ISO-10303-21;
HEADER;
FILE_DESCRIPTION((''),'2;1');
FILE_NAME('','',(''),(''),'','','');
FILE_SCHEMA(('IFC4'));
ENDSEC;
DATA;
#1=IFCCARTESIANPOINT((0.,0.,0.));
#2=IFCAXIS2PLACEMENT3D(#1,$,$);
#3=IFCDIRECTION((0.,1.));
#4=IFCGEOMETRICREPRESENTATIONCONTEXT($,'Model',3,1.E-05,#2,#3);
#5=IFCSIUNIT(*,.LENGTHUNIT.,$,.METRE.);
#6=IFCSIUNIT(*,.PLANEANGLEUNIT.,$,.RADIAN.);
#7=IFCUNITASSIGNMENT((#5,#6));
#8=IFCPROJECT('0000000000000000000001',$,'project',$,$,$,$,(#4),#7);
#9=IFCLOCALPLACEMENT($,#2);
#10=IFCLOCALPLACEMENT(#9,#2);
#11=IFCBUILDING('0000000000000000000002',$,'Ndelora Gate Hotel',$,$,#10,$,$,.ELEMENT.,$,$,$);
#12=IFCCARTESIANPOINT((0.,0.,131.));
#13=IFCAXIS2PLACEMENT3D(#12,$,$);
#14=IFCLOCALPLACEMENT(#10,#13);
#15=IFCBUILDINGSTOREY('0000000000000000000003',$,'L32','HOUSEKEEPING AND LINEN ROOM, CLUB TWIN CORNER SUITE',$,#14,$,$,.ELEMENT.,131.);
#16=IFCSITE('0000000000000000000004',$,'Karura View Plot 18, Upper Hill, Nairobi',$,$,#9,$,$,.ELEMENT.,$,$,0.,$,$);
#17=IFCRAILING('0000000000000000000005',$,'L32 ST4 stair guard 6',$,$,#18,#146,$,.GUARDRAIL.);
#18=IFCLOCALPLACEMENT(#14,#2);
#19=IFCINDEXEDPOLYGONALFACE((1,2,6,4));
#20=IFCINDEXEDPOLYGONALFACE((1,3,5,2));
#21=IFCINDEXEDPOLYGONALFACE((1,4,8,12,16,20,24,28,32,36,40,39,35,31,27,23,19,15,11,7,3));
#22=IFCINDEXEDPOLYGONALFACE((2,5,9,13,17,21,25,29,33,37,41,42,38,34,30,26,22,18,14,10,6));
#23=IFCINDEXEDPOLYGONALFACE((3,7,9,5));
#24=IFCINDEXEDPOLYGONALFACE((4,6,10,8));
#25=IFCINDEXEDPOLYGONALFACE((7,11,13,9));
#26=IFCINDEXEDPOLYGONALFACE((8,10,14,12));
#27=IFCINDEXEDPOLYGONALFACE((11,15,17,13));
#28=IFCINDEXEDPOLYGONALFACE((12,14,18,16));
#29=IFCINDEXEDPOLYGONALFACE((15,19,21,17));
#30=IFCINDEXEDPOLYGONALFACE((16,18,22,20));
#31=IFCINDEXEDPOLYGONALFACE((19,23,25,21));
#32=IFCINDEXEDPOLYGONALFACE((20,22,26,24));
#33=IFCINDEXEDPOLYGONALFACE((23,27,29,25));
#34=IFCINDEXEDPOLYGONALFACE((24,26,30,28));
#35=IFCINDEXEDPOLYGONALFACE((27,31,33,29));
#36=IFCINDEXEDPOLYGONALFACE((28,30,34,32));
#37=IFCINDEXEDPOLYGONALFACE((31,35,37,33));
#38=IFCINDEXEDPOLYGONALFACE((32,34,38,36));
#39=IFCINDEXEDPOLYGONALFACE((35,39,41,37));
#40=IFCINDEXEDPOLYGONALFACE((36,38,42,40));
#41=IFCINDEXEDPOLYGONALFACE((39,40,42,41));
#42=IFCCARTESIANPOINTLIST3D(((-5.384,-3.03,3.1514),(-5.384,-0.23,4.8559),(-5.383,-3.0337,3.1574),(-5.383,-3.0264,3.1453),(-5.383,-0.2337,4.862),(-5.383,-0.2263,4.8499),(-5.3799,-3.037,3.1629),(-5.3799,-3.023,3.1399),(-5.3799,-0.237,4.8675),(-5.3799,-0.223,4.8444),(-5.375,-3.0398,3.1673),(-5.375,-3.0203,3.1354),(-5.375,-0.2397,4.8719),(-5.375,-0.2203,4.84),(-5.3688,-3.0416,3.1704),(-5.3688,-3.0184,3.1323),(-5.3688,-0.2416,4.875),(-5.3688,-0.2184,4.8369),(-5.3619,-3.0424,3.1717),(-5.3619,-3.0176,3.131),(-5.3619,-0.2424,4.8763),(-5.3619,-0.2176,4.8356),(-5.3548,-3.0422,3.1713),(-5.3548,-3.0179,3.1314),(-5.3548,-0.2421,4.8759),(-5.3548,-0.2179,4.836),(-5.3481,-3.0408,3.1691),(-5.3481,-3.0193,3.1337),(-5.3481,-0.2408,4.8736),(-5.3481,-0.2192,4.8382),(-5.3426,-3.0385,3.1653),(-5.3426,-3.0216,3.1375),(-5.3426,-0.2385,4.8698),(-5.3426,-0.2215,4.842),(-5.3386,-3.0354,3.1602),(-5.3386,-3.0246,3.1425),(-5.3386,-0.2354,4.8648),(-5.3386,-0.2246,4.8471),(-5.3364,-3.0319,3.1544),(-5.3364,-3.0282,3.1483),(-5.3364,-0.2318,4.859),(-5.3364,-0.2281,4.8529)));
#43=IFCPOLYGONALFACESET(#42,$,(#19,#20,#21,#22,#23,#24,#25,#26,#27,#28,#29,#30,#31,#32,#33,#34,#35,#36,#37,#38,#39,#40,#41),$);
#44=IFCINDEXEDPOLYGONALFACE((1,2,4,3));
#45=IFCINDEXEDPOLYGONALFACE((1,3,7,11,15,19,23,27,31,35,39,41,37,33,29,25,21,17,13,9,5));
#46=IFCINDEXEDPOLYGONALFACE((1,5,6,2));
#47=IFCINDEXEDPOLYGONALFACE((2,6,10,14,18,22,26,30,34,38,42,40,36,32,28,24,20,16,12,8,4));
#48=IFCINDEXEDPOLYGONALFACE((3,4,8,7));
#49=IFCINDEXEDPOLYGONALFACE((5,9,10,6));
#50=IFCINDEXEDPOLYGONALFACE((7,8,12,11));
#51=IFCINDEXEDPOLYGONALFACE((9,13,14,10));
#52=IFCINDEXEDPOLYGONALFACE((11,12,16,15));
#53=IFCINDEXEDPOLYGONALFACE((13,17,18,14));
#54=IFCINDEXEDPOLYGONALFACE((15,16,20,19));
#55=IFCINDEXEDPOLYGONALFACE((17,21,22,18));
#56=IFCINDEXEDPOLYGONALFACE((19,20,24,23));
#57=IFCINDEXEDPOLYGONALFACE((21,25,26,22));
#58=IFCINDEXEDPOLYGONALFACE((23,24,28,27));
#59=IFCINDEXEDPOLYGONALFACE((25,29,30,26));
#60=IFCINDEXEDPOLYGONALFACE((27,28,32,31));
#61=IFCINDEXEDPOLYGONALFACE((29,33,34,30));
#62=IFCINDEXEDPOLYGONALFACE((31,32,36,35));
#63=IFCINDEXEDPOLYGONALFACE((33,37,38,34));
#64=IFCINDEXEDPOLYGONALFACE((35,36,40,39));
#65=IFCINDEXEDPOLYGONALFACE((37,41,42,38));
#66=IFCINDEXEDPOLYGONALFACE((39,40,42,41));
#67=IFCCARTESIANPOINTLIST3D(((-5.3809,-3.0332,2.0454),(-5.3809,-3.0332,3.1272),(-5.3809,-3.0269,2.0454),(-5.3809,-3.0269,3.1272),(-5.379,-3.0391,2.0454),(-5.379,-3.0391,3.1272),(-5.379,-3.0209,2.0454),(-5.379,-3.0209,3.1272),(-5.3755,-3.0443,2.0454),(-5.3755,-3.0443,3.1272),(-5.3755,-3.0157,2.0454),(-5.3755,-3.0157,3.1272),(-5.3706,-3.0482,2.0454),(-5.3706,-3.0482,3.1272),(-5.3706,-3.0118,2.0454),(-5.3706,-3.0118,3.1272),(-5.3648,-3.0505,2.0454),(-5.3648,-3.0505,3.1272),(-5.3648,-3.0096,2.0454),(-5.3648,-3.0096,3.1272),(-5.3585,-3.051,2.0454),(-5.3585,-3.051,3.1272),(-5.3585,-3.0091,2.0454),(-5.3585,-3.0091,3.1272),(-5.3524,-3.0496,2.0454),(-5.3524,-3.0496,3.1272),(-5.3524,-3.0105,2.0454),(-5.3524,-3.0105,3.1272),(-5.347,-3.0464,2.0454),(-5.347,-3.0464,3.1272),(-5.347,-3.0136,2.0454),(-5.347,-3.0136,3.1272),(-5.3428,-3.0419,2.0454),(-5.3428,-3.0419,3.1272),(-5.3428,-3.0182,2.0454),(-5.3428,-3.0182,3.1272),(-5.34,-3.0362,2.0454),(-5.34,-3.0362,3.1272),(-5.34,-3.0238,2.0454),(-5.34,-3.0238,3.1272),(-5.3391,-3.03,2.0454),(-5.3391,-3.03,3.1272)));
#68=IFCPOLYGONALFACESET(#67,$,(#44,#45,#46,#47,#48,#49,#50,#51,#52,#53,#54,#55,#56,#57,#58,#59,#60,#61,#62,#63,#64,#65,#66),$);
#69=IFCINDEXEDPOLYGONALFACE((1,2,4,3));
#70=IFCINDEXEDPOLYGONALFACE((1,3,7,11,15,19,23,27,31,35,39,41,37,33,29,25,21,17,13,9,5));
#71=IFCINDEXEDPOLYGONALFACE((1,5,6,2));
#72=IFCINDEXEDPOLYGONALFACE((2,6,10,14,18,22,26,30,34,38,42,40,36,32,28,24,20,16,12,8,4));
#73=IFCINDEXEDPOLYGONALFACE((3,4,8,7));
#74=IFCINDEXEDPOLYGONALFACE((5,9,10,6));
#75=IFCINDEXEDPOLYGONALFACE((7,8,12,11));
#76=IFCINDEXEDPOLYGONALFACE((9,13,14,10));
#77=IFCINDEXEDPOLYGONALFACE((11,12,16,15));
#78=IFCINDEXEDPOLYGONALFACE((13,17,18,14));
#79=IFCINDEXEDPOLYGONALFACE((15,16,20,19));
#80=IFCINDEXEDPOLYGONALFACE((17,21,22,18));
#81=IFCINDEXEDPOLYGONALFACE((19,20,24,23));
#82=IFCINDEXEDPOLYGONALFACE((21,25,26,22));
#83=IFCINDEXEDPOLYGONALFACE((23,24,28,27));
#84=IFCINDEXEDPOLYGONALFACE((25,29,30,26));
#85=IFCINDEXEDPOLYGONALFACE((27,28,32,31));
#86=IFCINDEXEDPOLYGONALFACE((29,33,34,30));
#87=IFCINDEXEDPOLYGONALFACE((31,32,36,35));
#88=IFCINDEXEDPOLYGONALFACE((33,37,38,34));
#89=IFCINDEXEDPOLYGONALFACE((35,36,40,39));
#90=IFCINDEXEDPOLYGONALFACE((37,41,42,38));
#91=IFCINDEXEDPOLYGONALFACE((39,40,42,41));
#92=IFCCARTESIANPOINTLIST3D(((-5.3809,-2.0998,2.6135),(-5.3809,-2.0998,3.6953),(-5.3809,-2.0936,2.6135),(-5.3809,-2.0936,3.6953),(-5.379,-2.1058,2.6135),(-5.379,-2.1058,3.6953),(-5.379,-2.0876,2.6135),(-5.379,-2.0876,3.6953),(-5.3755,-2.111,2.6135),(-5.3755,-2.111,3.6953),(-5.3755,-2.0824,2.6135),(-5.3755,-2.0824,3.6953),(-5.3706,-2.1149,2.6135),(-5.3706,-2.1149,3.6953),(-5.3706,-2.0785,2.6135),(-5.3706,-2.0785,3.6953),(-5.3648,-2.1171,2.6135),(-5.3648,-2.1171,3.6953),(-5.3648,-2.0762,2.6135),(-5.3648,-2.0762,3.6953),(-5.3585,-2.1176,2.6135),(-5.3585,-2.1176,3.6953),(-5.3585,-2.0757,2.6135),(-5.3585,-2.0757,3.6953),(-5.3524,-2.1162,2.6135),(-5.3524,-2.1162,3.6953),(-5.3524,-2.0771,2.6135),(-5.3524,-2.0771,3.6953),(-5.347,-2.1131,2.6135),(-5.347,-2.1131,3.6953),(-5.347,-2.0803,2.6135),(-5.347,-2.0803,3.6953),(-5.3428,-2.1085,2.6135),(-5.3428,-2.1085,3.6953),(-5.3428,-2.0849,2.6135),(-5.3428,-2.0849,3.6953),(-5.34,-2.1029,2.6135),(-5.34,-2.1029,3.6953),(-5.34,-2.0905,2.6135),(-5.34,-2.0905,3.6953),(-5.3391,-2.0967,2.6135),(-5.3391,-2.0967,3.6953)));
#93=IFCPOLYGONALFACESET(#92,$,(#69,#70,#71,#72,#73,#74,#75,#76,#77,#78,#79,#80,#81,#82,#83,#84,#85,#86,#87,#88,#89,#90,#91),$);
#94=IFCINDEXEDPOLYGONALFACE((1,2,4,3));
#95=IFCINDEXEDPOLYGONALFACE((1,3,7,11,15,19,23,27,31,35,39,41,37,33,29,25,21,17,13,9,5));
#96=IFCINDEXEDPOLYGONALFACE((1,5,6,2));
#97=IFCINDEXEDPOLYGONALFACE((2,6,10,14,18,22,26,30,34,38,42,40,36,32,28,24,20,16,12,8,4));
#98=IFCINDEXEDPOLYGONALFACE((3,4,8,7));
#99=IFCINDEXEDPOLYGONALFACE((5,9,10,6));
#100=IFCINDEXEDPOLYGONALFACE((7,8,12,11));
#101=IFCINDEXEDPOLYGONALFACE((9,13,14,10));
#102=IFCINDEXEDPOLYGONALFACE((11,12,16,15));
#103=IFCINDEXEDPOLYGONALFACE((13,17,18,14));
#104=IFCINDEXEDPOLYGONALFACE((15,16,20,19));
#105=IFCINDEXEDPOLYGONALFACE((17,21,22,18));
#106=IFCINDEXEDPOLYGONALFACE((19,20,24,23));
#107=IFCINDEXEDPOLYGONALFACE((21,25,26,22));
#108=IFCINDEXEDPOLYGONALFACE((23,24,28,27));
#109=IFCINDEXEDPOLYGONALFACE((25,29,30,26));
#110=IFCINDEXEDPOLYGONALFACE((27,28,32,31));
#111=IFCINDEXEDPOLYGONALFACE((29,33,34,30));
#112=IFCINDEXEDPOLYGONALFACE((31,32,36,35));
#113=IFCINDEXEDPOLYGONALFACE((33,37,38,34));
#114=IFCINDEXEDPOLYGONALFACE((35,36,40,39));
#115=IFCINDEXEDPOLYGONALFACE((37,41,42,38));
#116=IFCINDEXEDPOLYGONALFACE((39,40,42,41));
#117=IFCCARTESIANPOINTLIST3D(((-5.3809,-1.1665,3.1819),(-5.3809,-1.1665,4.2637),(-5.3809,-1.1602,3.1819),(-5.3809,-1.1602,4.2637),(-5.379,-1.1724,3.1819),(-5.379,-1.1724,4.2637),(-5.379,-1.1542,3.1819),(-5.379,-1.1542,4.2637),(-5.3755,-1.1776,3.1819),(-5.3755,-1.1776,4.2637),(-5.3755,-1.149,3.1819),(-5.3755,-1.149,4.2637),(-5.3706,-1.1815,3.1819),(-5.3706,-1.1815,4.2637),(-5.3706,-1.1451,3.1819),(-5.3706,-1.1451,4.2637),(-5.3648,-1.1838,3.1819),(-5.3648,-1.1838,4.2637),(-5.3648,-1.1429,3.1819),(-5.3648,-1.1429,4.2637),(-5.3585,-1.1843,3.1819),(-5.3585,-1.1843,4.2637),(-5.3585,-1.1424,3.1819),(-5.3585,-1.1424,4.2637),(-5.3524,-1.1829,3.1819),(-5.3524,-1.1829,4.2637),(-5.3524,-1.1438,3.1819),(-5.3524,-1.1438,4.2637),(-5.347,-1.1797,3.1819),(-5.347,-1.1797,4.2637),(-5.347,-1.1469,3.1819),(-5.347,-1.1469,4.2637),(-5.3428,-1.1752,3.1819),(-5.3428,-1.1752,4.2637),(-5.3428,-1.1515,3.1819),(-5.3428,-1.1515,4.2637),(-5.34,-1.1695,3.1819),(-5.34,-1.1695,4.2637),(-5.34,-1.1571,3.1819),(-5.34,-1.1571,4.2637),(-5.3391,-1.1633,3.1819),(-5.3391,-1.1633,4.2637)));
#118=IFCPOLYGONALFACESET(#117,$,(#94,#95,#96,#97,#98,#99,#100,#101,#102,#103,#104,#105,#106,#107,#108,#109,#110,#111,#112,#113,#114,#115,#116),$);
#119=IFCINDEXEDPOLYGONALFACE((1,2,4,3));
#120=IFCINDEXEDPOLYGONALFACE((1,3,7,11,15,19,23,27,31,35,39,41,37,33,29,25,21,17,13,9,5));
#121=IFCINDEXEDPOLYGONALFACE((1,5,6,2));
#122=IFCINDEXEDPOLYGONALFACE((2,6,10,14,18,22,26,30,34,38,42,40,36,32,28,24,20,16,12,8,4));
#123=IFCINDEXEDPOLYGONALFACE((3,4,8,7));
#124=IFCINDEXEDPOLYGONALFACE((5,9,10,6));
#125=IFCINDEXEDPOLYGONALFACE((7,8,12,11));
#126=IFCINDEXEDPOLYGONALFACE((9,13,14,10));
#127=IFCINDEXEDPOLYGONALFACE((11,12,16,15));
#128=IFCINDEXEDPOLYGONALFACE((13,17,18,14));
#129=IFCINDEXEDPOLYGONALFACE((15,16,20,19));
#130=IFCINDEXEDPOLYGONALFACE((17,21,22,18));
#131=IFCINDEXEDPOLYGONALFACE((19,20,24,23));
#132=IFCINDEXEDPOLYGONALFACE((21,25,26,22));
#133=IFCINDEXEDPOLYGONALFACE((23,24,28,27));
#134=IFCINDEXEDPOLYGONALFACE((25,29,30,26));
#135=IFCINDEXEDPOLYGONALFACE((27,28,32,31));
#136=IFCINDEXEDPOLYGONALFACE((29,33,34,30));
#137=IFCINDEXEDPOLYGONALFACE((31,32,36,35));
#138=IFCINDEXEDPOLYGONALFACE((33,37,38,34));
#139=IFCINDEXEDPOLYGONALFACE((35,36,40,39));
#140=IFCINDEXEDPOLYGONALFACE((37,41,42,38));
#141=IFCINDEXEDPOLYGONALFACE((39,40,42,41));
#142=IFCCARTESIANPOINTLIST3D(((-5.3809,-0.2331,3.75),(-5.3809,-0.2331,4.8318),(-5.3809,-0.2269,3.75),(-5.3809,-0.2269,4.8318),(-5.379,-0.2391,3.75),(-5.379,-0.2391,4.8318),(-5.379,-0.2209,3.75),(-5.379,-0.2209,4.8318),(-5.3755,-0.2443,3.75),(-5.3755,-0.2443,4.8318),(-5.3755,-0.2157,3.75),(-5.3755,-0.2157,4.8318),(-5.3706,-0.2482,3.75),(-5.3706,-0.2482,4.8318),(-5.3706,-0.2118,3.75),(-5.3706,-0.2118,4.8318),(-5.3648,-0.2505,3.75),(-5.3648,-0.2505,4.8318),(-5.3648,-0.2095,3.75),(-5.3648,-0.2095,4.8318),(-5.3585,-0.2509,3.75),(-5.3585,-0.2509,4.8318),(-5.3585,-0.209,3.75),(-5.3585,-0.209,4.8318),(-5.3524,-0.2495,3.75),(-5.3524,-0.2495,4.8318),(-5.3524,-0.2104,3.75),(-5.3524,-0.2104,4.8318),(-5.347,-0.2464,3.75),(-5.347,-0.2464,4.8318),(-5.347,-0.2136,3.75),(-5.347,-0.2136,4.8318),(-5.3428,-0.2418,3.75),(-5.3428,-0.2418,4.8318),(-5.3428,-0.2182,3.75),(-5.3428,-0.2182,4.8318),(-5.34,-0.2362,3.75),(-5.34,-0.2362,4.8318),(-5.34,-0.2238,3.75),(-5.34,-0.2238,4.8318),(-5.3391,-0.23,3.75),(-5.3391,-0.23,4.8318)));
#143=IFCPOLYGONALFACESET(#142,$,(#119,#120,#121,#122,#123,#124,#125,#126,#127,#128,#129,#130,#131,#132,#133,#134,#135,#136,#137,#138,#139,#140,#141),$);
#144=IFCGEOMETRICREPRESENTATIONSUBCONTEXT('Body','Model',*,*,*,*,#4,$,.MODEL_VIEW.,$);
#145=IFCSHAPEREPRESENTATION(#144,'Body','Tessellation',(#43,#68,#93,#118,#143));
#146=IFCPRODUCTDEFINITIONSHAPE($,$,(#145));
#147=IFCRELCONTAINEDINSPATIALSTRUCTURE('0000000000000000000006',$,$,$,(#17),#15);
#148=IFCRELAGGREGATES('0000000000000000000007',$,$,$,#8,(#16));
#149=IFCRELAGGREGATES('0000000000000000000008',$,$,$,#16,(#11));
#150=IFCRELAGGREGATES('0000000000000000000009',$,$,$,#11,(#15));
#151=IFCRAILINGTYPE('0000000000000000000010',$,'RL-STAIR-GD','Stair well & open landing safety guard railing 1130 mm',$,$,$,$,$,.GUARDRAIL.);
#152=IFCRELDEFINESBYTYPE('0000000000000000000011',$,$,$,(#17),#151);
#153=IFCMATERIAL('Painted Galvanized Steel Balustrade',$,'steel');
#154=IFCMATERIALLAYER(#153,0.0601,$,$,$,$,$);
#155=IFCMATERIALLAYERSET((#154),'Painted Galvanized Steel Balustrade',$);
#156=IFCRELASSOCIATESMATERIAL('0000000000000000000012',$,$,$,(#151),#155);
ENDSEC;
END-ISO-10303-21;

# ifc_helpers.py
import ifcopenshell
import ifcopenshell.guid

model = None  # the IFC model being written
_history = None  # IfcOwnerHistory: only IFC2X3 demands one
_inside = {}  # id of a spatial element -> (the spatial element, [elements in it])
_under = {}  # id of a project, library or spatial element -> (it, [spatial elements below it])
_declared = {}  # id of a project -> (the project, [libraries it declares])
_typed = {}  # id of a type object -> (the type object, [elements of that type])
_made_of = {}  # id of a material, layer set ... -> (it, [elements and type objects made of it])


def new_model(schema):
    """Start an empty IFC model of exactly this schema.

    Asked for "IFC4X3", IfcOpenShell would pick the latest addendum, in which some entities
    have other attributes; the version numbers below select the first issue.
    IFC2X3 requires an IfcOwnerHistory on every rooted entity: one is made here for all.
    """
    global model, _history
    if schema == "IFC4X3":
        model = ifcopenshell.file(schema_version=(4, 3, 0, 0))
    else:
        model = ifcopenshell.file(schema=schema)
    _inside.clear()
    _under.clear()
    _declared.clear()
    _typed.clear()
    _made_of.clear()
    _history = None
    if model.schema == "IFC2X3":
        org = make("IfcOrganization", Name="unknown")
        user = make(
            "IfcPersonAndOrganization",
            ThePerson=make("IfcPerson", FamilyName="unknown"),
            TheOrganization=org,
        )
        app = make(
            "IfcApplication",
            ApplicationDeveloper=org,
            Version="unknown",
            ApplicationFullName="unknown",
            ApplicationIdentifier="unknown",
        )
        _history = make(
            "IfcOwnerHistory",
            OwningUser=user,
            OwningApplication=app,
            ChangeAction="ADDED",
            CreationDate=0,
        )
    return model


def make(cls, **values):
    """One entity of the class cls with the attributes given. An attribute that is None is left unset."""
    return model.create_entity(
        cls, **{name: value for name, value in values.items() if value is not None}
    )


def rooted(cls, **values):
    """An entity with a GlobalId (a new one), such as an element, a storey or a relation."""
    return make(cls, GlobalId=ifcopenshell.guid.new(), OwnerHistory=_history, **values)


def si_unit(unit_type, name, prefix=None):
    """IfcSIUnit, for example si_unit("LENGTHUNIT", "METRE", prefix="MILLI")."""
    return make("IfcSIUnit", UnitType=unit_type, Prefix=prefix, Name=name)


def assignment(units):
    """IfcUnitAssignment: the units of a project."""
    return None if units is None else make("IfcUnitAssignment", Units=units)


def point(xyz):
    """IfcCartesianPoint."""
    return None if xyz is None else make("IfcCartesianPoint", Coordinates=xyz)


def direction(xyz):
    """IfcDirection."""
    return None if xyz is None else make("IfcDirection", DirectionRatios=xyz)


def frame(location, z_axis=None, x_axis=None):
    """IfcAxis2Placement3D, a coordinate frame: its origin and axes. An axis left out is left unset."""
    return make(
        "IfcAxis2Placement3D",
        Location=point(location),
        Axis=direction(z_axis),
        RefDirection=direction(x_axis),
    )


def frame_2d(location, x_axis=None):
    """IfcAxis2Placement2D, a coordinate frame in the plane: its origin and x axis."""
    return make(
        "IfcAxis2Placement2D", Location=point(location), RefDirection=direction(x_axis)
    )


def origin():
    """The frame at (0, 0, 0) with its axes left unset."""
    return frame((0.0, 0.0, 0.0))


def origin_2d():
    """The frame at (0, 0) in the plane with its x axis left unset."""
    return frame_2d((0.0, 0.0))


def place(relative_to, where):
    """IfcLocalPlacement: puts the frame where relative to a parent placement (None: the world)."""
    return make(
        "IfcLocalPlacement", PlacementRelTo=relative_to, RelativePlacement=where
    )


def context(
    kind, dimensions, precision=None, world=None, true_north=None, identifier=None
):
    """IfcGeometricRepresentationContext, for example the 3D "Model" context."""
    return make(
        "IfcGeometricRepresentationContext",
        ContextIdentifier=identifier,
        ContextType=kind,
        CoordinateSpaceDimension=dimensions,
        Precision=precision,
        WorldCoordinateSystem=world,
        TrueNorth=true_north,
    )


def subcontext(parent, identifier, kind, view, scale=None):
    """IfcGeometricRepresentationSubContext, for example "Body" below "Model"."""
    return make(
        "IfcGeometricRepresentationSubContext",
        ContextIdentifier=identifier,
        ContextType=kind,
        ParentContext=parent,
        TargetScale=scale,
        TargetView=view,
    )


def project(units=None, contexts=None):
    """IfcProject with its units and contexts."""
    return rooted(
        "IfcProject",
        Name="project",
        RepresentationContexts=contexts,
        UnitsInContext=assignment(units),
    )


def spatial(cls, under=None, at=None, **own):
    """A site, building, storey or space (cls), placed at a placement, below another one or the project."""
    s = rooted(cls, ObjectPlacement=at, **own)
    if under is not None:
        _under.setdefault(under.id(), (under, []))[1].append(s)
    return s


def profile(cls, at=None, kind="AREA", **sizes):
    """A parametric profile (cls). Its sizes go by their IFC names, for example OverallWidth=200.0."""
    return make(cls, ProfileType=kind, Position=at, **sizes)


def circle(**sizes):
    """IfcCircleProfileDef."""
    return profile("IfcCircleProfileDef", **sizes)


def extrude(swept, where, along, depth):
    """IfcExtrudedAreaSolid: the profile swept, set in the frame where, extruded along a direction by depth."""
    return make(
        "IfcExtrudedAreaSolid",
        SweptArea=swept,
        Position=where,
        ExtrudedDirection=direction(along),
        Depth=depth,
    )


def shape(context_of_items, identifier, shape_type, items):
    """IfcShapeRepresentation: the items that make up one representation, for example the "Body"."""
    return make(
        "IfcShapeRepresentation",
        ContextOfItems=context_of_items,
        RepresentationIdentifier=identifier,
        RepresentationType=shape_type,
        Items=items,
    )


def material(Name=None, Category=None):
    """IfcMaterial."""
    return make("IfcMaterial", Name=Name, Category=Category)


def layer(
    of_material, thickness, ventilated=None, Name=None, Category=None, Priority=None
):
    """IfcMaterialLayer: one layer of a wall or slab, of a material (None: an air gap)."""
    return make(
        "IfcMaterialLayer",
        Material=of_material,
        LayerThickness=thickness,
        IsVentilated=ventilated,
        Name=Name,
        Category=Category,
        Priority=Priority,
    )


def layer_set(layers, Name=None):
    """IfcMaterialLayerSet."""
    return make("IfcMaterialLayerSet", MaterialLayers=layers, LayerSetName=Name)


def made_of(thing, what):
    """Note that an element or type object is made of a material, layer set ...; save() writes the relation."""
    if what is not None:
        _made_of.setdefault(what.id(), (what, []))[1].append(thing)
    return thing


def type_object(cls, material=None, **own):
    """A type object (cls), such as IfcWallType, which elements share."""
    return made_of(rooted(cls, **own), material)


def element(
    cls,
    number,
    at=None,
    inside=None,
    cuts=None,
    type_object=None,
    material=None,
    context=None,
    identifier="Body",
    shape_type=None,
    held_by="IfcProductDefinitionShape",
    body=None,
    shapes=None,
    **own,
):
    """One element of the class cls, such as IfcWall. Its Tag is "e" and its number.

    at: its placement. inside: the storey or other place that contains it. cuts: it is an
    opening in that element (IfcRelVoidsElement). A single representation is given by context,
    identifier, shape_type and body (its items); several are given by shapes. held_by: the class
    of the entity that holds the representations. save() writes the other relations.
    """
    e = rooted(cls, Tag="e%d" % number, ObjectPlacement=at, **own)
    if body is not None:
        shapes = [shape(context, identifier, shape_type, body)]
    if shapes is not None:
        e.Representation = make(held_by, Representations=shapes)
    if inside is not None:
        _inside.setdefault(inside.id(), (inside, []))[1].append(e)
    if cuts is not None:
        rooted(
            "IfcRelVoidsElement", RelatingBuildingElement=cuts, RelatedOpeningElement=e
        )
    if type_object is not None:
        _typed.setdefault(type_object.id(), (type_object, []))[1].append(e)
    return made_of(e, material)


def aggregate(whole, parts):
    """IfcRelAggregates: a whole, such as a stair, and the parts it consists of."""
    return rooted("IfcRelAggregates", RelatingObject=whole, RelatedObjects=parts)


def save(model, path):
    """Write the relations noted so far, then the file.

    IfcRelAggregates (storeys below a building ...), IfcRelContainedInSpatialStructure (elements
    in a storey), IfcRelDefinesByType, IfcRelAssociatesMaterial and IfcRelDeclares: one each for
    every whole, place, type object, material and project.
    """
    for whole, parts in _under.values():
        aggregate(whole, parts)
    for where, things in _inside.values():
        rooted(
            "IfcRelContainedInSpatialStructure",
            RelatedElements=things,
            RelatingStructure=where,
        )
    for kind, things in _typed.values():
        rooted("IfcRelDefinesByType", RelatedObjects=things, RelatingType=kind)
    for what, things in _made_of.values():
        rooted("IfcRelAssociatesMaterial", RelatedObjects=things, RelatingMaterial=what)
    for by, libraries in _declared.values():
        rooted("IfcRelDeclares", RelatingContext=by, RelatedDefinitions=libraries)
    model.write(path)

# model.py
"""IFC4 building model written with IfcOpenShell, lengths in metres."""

from ifc_helpers import new_model, si_unit, direction, frame, origin, origin_2d, place, context, subcontext, project, spatial, circle, extrude, material, layer, layer_set, type_object, element, save


model = new_model("IFC4")

# Units and contexts
model_context = context("Model", 3, precision=1e-05, world=origin(), true_north=direction((0.0, 1.0)))
body_context = subcontext(model_context, "Body", "Model", "MODEL_VIEW")
ifc_project = project(units=[si_unit("LENGTHUNIT", "METRE"), si_unit("PLANEANGLEUNIT", "RADIAN")], contexts=[model_context])

# Site, building, storey
site_placement = place(None, origin())
site = spatial("IfcSite", under=ifc_project, at=site_placement, Name="Karura View Plot 18, Upper Hill, Nairobi", CompositionType="ELEMENT", RefElevation=0.0)
building_placement = place(site_placement, origin())
building = spatial("IfcBuilding", under=site, at=building_placement, Name="Ndelora Gate Hotel", CompositionType="ELEMENT")
storey_placement = place(building_placement, frame((0.0, 0.0, 131.0)))
storey = spatial("IfcBuildingStorey", under=building, at=storey_placement, Name="L32", Description="HOUSEKEEPING AND LINEN ROOM, CLUB TWIN CORNER SUITE", CompositionType="ELEMENT", Elevation=131.0)

# Railing
ifc_material_1 = material(Name="Painted Galvanized Steel Balustrade", Category="steel")
ifc_layer_1 = layer(ifc_material_1, 0.0601)
ifc_layer_set_1 = layer_set([ifc_layer_1], Name="Painted Galvanized Steel Balustrade")
railing_type_1 = type_object("IfcRailingType", Name="RL-STAIR-GD", Description="Stair well & open landing safety guard railing 1130 mm", PredefinedType="GUARDRAIL", material=ifc_layer_set_1)
railing_1_placement = place(storey_placement, frame((-5.3601, -3.03, 2.0454)))
element("IfcRailing", 1, at=railing_1_placement, inside=storey, type_object=railing_type_1, Name="L32 ST4 stair guard 6", PredefinedType="GUARDRAIL", context=body_context, shape_type="SweptSolid", body=[
    extrude(circle(Radius=0.0239, at=origin_2d()), frame((0.0, 0.0, 1.106), z_axis=(0.0, 0.85417, 0.519994), x_axis=(-1.0, 0.0, 0.0)), (0.0, 0.0, 1.0), 3.2781),
    extrude(circle(Radius=0.021, at=origin_2d()), origin(), (0.0, 0.0, 1.0), 1.0818),
    extrude(circle(Radius=0.021, at=origin_2d()), frame((0.0, 0.9333, 0.5681)), (0.0, 0.0, 1.0), 1.0818),
    extrude(circle(Radius=0.021, at=origin_2d()), frame((0.0, 1.8667, 1.1365)), (0.0, 0.0, 1.0), 1.0818),
    extrude(circle(Radius=0.021, at=origin_2d()), frame((0.0, 2.8, 1.7046)), (0.0, 0.0, 1.0), 1.0818),
])

save(model, "model.ifc")
